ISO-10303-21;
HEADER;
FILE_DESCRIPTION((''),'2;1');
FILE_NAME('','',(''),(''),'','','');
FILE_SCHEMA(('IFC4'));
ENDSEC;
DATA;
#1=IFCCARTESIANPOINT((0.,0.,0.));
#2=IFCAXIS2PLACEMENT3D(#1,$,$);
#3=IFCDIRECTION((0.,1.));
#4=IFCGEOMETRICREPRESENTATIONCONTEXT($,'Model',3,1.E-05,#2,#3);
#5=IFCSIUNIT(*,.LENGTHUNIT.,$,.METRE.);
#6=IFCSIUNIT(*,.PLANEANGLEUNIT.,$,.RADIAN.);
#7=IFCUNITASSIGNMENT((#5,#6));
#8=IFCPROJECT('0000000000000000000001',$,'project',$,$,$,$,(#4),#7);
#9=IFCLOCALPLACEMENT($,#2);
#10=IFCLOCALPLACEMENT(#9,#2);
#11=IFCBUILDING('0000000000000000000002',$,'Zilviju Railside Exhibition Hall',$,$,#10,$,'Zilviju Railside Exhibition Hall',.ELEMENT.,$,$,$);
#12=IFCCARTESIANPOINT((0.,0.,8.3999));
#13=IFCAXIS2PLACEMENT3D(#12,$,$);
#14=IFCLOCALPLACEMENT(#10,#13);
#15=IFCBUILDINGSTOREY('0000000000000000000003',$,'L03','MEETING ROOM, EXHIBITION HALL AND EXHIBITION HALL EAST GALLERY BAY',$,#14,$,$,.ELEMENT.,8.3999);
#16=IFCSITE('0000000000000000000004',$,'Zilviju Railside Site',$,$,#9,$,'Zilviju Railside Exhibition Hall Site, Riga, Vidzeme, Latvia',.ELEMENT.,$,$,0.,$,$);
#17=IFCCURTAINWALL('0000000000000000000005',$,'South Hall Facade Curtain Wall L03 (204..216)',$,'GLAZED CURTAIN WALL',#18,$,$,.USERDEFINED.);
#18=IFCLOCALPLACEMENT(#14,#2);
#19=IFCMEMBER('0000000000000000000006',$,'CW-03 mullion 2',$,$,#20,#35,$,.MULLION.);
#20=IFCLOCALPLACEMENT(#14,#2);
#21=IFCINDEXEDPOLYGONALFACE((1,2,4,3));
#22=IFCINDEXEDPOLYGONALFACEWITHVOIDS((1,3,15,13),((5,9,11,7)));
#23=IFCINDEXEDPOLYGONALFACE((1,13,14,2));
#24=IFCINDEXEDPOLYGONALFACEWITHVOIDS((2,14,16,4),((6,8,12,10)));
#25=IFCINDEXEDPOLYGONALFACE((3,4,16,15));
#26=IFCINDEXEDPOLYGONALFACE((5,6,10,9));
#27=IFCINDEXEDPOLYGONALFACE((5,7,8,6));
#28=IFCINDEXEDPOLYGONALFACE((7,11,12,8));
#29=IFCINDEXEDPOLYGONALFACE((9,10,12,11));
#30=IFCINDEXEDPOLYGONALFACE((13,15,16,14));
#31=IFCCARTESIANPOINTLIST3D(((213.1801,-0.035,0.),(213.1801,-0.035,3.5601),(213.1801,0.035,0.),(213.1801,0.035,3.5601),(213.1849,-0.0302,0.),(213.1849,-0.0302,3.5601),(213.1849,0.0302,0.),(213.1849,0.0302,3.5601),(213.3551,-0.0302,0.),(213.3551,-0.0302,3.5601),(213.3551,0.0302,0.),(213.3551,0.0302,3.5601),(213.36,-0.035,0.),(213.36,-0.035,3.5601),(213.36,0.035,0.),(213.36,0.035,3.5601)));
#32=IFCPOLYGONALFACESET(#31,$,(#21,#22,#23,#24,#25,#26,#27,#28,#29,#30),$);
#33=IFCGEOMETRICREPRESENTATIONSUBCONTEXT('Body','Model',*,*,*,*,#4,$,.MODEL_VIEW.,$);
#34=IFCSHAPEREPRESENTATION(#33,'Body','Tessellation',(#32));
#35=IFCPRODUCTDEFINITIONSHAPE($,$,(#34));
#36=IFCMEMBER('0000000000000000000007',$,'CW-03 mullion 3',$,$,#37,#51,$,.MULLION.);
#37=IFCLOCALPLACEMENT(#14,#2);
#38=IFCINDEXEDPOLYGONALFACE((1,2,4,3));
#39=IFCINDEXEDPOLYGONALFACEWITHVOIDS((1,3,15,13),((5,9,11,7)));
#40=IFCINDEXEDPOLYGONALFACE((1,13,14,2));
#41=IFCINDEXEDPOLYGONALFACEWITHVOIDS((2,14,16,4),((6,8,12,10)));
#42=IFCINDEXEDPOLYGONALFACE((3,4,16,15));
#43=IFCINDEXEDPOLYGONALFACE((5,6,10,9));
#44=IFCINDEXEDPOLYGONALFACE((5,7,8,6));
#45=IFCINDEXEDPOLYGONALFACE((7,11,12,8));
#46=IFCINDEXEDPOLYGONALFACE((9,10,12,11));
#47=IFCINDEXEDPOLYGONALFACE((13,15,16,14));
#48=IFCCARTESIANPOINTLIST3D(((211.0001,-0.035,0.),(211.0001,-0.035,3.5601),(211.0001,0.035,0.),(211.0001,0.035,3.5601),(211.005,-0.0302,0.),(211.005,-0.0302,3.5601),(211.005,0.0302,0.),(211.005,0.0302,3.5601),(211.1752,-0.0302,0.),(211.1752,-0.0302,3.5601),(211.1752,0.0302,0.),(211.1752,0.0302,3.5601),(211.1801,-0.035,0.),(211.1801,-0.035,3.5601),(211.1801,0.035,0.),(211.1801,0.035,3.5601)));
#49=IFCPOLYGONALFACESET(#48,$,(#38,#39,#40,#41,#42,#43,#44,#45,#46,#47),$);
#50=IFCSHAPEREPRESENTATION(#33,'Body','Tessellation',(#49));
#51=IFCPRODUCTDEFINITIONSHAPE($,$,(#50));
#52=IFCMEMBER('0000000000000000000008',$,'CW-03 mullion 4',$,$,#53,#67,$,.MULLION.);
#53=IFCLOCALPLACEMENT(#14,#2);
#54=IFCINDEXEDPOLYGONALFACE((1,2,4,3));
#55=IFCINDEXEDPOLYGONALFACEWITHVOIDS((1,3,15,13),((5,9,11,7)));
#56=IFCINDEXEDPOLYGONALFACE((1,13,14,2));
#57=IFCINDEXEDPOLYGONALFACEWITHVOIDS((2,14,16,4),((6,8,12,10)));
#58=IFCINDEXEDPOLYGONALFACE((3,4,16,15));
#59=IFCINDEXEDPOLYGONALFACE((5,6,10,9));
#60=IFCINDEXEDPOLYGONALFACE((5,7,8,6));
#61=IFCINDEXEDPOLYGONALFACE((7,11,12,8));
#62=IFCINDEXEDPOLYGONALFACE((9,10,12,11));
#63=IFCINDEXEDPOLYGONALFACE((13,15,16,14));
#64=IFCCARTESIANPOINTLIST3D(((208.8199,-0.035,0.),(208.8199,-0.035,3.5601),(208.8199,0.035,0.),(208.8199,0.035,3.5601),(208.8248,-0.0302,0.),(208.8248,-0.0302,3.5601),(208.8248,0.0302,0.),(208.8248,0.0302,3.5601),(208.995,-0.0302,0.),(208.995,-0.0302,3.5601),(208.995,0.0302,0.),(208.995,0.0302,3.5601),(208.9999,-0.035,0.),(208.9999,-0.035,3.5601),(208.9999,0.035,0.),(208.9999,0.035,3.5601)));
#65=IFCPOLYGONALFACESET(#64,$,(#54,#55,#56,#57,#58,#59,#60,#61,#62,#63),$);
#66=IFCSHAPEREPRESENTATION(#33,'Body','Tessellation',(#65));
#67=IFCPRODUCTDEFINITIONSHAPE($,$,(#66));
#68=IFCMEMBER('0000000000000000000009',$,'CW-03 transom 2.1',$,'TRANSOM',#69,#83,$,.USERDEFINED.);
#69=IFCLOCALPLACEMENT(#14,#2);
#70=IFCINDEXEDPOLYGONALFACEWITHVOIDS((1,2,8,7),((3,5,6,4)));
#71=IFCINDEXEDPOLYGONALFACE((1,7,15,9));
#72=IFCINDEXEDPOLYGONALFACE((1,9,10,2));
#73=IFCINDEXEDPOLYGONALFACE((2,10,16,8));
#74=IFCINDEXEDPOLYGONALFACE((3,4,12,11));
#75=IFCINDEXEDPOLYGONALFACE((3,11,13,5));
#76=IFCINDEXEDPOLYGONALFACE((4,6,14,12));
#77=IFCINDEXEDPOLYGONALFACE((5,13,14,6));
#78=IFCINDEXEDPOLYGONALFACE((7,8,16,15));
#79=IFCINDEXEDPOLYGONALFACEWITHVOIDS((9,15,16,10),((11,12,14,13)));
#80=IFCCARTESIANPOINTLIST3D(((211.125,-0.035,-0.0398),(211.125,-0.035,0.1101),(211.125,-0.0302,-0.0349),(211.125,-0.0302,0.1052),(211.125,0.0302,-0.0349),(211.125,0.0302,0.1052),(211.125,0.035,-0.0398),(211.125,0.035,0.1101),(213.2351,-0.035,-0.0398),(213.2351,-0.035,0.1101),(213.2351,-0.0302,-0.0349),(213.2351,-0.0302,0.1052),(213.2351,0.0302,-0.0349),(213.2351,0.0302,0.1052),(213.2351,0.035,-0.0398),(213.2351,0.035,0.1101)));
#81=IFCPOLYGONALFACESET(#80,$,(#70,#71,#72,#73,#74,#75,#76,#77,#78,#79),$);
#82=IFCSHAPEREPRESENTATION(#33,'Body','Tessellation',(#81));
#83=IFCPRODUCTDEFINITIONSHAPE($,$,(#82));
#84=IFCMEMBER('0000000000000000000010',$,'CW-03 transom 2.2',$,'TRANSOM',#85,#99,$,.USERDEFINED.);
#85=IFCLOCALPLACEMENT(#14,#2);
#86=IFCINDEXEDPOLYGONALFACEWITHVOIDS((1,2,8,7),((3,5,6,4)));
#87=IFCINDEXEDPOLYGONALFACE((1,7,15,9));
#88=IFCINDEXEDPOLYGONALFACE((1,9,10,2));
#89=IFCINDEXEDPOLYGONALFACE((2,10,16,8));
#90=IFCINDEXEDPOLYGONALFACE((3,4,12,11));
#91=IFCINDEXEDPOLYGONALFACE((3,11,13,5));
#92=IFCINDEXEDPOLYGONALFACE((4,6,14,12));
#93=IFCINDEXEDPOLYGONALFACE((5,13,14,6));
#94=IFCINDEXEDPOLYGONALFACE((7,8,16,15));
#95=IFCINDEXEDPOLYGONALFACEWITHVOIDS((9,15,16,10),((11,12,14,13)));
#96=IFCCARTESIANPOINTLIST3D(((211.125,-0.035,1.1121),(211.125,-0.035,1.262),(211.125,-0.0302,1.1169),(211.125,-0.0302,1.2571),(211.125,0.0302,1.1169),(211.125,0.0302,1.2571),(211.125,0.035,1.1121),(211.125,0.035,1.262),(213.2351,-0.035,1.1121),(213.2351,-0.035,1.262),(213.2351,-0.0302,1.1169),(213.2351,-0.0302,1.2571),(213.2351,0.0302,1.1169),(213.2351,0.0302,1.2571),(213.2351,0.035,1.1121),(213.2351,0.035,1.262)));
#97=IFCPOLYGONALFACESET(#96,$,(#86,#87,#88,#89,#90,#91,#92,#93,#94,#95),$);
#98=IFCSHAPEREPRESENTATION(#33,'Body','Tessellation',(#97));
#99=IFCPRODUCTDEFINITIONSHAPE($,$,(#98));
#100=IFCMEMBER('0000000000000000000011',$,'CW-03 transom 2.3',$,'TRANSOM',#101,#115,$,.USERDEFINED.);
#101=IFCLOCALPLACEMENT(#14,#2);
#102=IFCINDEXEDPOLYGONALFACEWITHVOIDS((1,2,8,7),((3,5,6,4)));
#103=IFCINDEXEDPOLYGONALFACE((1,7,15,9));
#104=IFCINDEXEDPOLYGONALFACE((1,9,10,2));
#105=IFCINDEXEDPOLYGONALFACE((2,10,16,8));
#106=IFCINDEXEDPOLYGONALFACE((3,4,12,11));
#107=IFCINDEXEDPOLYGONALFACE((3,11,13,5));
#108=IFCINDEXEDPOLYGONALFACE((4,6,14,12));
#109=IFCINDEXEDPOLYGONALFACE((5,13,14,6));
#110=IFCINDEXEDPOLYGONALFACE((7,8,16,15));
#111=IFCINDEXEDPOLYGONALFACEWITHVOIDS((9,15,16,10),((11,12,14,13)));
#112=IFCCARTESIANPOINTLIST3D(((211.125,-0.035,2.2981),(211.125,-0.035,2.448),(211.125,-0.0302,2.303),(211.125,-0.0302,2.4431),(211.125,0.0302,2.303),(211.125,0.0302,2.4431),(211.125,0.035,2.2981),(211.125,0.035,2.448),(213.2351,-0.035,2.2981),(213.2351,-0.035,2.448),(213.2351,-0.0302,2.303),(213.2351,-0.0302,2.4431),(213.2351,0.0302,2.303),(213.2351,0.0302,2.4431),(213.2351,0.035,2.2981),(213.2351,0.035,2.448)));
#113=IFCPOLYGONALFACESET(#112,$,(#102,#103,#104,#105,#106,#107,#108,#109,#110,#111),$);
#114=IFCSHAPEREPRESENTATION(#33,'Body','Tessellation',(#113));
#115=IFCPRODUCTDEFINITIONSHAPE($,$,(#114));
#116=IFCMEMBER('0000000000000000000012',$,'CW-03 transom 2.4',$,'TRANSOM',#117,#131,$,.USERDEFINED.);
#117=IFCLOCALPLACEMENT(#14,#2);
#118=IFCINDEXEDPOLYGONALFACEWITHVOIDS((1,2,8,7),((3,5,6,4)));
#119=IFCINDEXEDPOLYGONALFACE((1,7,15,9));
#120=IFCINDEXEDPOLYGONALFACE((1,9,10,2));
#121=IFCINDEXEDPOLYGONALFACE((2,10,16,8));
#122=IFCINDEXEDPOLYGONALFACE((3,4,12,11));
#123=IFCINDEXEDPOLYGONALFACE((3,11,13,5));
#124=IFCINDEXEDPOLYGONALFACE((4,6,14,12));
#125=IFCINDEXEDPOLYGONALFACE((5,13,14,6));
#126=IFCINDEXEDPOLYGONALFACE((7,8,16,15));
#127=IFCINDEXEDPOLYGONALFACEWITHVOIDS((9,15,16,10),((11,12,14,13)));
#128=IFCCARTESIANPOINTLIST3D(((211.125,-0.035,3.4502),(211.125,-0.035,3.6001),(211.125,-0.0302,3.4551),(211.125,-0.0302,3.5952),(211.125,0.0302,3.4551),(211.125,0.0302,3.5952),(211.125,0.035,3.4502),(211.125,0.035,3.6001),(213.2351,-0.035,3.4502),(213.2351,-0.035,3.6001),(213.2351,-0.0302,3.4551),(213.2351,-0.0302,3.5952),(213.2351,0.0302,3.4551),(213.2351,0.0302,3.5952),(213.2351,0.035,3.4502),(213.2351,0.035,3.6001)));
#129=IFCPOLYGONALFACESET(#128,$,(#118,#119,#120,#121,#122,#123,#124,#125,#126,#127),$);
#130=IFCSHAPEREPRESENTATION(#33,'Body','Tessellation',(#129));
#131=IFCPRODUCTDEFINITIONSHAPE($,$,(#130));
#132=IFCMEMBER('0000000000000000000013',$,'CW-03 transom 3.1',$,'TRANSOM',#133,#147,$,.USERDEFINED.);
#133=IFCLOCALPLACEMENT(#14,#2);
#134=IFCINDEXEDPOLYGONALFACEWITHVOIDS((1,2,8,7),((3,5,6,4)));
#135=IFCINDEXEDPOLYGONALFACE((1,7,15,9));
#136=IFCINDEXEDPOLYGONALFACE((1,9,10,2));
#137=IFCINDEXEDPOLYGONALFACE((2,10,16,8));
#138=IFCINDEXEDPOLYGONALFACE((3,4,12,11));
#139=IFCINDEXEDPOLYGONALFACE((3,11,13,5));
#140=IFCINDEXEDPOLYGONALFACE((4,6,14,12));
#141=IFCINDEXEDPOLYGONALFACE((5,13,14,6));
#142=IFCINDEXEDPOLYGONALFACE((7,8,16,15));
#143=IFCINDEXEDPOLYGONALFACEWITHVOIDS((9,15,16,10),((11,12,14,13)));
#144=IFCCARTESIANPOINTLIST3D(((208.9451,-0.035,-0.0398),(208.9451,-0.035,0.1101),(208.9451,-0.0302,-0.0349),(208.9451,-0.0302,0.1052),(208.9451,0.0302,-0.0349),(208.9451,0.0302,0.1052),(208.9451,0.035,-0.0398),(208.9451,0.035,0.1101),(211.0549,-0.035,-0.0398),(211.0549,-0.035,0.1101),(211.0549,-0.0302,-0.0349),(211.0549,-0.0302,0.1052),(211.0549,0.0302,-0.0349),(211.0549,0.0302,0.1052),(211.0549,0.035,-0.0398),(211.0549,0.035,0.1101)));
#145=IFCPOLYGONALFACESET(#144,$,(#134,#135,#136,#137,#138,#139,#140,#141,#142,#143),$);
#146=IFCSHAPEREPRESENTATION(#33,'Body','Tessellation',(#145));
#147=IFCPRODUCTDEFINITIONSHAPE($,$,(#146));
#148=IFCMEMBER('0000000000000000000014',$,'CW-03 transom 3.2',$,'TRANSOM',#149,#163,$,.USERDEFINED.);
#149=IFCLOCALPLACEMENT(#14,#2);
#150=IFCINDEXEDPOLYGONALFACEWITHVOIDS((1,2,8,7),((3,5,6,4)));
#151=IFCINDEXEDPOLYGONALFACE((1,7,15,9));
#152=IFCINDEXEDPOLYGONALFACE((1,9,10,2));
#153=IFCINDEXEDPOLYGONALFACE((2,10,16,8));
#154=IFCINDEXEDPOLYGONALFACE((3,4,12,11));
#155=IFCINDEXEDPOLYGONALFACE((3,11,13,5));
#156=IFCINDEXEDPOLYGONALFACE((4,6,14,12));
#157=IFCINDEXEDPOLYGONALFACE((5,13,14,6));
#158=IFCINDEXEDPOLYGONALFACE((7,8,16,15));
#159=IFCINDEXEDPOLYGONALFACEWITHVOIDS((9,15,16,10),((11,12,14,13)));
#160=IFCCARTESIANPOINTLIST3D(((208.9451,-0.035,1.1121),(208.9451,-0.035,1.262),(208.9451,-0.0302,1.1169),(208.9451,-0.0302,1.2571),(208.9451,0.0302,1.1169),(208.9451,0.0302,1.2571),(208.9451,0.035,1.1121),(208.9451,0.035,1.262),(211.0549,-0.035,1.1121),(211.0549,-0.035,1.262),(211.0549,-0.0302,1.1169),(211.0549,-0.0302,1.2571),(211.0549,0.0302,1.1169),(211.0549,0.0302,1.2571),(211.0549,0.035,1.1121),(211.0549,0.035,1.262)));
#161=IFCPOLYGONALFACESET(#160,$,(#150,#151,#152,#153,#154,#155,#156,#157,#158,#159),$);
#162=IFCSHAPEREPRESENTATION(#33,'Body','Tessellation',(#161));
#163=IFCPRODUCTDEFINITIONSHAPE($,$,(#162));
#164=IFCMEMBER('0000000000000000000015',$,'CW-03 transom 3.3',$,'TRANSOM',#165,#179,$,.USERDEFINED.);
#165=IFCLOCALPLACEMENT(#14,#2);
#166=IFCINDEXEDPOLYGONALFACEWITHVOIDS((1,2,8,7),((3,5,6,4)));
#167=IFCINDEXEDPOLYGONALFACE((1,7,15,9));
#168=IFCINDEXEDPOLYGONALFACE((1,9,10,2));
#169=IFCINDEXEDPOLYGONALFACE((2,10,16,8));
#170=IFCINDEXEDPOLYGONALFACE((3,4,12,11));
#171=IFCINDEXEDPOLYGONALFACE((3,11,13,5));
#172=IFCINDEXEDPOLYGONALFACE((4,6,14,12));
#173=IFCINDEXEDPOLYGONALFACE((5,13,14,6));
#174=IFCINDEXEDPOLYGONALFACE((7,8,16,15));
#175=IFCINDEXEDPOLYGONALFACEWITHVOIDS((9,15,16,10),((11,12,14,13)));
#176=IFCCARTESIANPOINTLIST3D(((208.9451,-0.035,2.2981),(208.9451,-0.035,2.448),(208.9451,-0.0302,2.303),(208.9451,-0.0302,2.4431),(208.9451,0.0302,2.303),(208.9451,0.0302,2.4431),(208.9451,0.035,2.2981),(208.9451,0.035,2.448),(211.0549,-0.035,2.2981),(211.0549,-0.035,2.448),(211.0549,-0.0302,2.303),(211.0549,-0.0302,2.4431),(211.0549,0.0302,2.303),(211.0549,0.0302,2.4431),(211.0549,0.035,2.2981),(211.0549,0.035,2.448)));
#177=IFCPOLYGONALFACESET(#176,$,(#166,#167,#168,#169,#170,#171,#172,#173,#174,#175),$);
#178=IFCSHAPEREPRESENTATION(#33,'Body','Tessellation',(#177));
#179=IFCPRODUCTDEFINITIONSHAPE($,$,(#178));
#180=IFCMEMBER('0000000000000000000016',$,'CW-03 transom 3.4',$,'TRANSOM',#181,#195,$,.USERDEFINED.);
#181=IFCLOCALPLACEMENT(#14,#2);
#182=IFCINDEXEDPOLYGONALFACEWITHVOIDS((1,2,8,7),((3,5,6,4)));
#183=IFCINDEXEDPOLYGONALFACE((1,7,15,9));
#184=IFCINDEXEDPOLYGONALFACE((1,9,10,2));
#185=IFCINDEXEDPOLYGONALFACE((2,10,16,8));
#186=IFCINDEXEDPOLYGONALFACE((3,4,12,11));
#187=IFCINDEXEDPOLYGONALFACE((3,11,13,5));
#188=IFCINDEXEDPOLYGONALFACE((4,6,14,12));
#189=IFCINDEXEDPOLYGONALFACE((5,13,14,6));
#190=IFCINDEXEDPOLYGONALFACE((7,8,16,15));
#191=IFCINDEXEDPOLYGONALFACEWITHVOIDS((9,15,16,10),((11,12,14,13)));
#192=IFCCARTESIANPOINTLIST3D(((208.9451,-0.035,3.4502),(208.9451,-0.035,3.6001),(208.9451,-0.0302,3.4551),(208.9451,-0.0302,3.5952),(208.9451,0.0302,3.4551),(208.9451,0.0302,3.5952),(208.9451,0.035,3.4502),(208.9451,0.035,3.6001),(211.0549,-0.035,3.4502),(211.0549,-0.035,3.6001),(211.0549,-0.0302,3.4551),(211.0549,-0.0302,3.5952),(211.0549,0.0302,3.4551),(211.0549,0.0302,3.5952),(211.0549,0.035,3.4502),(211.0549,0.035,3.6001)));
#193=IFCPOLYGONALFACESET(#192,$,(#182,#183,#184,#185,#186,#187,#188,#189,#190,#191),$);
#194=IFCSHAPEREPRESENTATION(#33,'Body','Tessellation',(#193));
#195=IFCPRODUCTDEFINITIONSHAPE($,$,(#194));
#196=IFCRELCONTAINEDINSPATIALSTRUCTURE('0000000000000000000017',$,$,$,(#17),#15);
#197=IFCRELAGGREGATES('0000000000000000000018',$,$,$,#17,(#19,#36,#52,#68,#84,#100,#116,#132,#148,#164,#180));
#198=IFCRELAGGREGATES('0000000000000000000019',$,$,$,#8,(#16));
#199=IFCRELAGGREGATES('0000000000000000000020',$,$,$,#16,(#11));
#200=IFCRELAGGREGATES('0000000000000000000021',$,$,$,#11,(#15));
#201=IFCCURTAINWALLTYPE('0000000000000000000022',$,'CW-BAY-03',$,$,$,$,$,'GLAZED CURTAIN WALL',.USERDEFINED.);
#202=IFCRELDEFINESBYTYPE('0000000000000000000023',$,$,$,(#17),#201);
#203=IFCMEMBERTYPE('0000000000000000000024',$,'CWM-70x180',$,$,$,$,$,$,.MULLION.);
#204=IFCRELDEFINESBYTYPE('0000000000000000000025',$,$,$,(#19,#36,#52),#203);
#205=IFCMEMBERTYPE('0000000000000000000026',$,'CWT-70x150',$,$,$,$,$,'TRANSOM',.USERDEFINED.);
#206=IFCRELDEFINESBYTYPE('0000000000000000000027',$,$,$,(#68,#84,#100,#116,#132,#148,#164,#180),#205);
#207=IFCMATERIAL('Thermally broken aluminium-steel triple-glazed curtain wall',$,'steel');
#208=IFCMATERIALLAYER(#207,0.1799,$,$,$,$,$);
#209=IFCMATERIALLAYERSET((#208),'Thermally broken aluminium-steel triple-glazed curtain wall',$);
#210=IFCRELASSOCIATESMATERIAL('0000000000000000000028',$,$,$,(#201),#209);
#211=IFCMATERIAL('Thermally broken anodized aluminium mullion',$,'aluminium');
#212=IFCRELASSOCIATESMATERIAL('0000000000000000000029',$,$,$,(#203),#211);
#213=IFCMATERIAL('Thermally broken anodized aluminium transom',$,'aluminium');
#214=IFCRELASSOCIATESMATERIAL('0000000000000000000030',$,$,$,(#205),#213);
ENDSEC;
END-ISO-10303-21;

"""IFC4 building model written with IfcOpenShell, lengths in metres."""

from ifc_helpers import new_model, si_unit, direction, frame, origin, origin_2d, place, context, subcontext, project, spatial, hollow_rectangle, extrude, material, layer, layer_set, material_profile, profile_set, type_object, element, aggregate, save


model = new_model("IFC4")

# Units and contexts
model_context = context("Model", 3, precision=1e-05, world=origin(), true_north=direction((0.0, 1.0)))
body_context = subcontext(model_context, "Body", "Model", "MODEL_VIEW")
ifc_project = project(units=[si_unit("LENGTHUNIT", "METRE"), si_unit("PLANEANGLEUNIT", "RADIAN")], contexts=[model_context])

# Site, building, storey
site_placement = place(None, origin())
site = spatial("IfcSite", under=ifc_project, at=site_placement, Name="Zilviju Railside Site", LongName="Zilviju Railside Exhibition Hall Site, Riga, Vidzeme, Latvia", CompositionType="ELEMENT", RefElevation=0.0)
building_placement = place(site_placement, origin())
building = spatial("IfcBuilding", under=site, at=building_placement, Name="Zilviju Railside Exhibition Hall", LongName="Zilviju Railside Exhibition Hall", CompositionType="ELEMENT")
storey_placement = place(building_placement, frame((0.0, 0.0, 8.3999)))
storey = spatial("IfcBuildingStorey", under=building, at=storey_placement, Name="L03", Description="MEETING ROOM, EXHIBITION HALL AND EXHIBITION HALL EAST GALLERY BAY", CompositionType="ELEMENT", Elevation=8.3999)

# Curtain wall, members
ifc_material_1 = material(Name="Thermally broken aluminium-steel triple-glazed curtain wall", Category="steel")
ifc_layer_1 = layer(ifc_material_1, 0.1799)
ifc_layer_set_1 = layer_set([ifc_layer_1], Name="Thermally broken aluminium-steel triple-glazed curtain wall")
curtain_wall_type = type_object("IfcCurtainWallType", Name="CW-BAY-03", ElementType="GLAZED CURTAIN WALL", PredefinedType="USERDEFINED", material=ifc_layer_set_1)
curtain_wall_placement = place(storey_placement, origin())
curtain_wall = element("IfcCurtainWall", 1, at=curtain_wall_placement, inside=storey, type_object=curtain_wall_type, Name="South Hall Facade Curtain Wall L03 (204..216)", ObjectType="GLAZED CURTAIN WALL", PredefinedType="USERDEFINED")
ifc_material_2 = material(Name="Thermally broken anodized aluminium mullion", Category="aluminium")
ifc_material_profile_1 = material_profile(ifc_material_2, hollow_rectangle(XDim=0.0701, YDim=0.1799, WallThickness=0.0049, at=origin_2d()), Name="MULLION 180x70x5")
ifc_profile_set_1 = profile_set([ifc_material_profile_1], Name="Thermally broken anodized aluminium mullion")
member_type_1 = type_object("IfcMemberType", Name="CWM-70x180", PredefinedType="MULLION", material=ifc_profile_set_1)
member_1_placement = place(storey_placement, frame((213.27, 0.0, 0.0), z_axis=(0.0, 0.0, 1.0), x_axis=(0.0, -1.0, 0.0)))
member_1 = element("IfcMember", 2, at=member_1_placement, type_object=member_type_1, Name="CW-03 mullion 2", PredefinedType="MULLION", context=body_context, shape_type="SweptSolid", body=[
    extrude(hollow_rectangle(XDim=0.0701, YDim=0.1799, WallThickness=0.0049, at=origin_2d()), origin(), (0.0, 0.0, 1.0), 3.5601),
])
member_2_placement = place(storey_placement, frame((211.0901, 0.0, 0.0), z_axis=(0.0, 0.0, 1.0), x_axis=(0.0, -1.0, 0.0)))
member_2 = element("IfcMember", 3, at=member_2_placement, type_object=member_type_1, Name="CW-03 mullion 3", PredefinedType="MULLION", context=body_context, shape_type="SweptSolid", body=[
    extrude(hollow_rectangle(XDim=0.0701, YDim=0.1799, WallThickness=0.0049, at=origin_2d()), origin(), (0.0, 0.0, 1.0), 3.5601),
])
member_3_placement = place(storey_placement, frame((208.9099, 0.0, 0.0), z_axis=(0.0, 0.0, 1.0), x_axis=(0.0, -1.0, 0.0)))
member_3 = element("IfcMember", 4, at=member_3_placement, type_object=member_type_1, Name="CW-03 mullion 4", PredefinedType="MULLION", context=body_context, shape_type="SweptSolid", body=[
    extrude(hollow_rectangle(XDim=0.0701, YDim=0.1799, WallThickness=0.0049, at=origin_2d()), origin(), (0.0, 0.0, 1.0), 3.5601),
])
ifc_material_3 = material(Name="Thermally broken anodized aluminium transom", Category="aluminium")
ifc_material_profile_2 = material_profile(ifc_material_3, hollow_rectangle(XDim=0.0701, YDim=0.1499, WallThickness=0.0049, at=origin_2d()), Name="TRANSOM 150x70x5")
ifc_profile_set_2 = profile_set([ifc_material_profile_2], Name="Thermally broken anodized aluminium transom")
member_type_2 = type_object("IfcMemberType", Name="CWT-70x150", ElementType="TRANSOM", PredefinedType="USERDEFINED", material=ifc_profile_set_2)
member_4_placement = place(storey_placement, frame((213.2351, 0.0, 0.0352), z_axis=(-1.0, 0.0, 0.0), x_axis=(0.0, -1.0, 0.0)))
member_4 = element("IfcMember", 5, at=member_4_placement, type_object=member_type_2, Name="CW-03 transom 2.1", ObjectType="TRANSOM", PredefinedType="USERDEFINED", context=body_context, shape_type="SweptSolid", body=[
    extrude(hollow_rectangle(XDim=0.0701, YDim=0.1499, WallThickness=0.0049, at=origin_2d()), origin(), (0.0, 0.0, 1.0), 2.1101),
])
member_5_placement = place(storey_placement, frame((213.2351, 0.0, 1.187), z_axis=(-1.0, 0.0, 0.0), x_axis=(0.0, -1.0, 0.0)))
member_5 = element("IfcMember", 6, at=member_5_placement, type_object=member_type_2, Name="CW-03 transom 2.2", ObjectType="TRANSOM", PredefinedType="USERDEFINED", context=body_context, shape_type="SweptSolid", body=[
    extrude(hollow_rectangle(XDim=0.0701, YDim=0.1499, WallThickness=0.0049, at=origin_2d()), origin(), (0.0, 0.0, 1.0), 2.1101),
])
member_6_placement = place(storey_placement, frame((213.2351, 0.0, 2.373), z_axis=(-1.0, 0.0, 0.0), x_axis=(0.0, -1.0, 0.0)))
member_6 = element("IfcMember", 7, at=member_6_placement, type_object=member_type_2, Name="CW-03 transom 2.3", ObjectType="TRANSOM", PredefinedType="USERDEFINED", context=body_context, shape_type="SweptSolid", body=[
    extrude(hollow_rectangle(XDim=0.0701, YDim=0.1499, WallThickness=0.0049, at=origin_2d()), origin(), (0.0, 0.0, 1.0), 2.1101),
])
member_7_placement = place(storey_placement, frame((213.2351, 0.0, 3.5251), z_axis=(-1.0, 0.0, 0.0), x_axis=(0.0, -1.0, 0.0)))
member_7 = element("IfcMember", 8, at=member_7_placement, type_object=member_type_2, Name="CW-03 transom 2.4", ObjectType="TRANSOM", PredefinedType="USERDEFINED", context=body_context, shape_type="SweptSolid", body=[
    extrude(hollow_rectangle(XDim=0.0701, YDim=0.1499, WallThickness=0.0049, at=origin_2d()), origin(), (0.0, 0.0, 1.0), 2.1101),
])
member_8_placement = place(storey_placement, frame((211.0549, 0.0, 0.0352), z_axis=(-1.0, 0.0, 0.0), x_axis=(0.0, -1.0, 0.0)))
member_8 = element("IfcMember", 9, at=member_8_placement, type_object=member_type_2, Name="CW-03 transom 3.1", ObjectType="TRANSOM", PredefinedType="USERDEFINED", context=body_context, shape_type="SweptSolid", body=[
    extrude(hollow_rectangle(XDim=0.0701, YDim=0.1499, WallThickness=0.0049, at=origin_2d()), origin(), (0.0, 0.0, 1.0), 2.1099),
])
member_9_placement = place(storey_placement, frame((211.0549, 0.0, 1.187), z_axis=(-1.0, 0.0, 0.0), x_axis=(0.0, -1.0, 0.0)))
member_9 = element("IfcMember", 10, at=member_9_placement, type_object=member_type_2, Name="CW-03 transom 3.2", ObjectType="TRANSOM", PredefinedType="USERDEFINED", context=body_context, shape_type="SweptSolid", body=[
    extrude(hollow_rectangle(XDim=0.0701, YDim=0.1499, WallThickness=0.0049, at=origin_2d()), origin(), (0.0, 0.0, 1.0), 2.1099),
])
member_10_placement = place(storey_placement, frame((211.0549, 0.0, 2.373), z_axis=(-1.0, 0.0, 0.0), x_axis=(0.0, -1.0, 0.0)))
member_10 = element("IfcMember", 11, at=member_10_placement, type_object=member_type_2, Name="CW-03 transom 3.3", ObjectType="TRANSOM", PredefinedType="USERDEFINED", context=body_context, shape_type="SweptSolid", body=[
    extrude(hollow_rectangle(XDim=0.0701, YDim=0.1499, WallThickness=0.0049, at=origin_2d()), origin(), (0.0, 0.0, 1.0), 2.1099),
])
member_11_placement = place(storey_placement, frame((211.0549, 0.0, 3.5251), z_axis=(-1.0, 0.0, 0.0), x_axis=(0.0, -1.0, 0.0)))
member_11 = element("IfcMember", 12, at=member_11_placement, type_object=member_type_2, Name="CW-03 transom 3.4", ObjectType="TRANSOM", PredefinedType="USERDEFINED", context=body_context, shape_type="SweptSolid", body=[
    extrude(hollow_rectangle(XDim=0.0701, YDim=0.1499, WallThickness=0.0049, at=origin_2d()), origin(), (0.0, 0.0, 1.0), 2.1099),
])
aggregate(curtain_wall, [member_1, member_2, member_3, member_4, member_5, member_6, member_7, member_8, member_9, member_10, member_11])

save(model, "model.ifc")
